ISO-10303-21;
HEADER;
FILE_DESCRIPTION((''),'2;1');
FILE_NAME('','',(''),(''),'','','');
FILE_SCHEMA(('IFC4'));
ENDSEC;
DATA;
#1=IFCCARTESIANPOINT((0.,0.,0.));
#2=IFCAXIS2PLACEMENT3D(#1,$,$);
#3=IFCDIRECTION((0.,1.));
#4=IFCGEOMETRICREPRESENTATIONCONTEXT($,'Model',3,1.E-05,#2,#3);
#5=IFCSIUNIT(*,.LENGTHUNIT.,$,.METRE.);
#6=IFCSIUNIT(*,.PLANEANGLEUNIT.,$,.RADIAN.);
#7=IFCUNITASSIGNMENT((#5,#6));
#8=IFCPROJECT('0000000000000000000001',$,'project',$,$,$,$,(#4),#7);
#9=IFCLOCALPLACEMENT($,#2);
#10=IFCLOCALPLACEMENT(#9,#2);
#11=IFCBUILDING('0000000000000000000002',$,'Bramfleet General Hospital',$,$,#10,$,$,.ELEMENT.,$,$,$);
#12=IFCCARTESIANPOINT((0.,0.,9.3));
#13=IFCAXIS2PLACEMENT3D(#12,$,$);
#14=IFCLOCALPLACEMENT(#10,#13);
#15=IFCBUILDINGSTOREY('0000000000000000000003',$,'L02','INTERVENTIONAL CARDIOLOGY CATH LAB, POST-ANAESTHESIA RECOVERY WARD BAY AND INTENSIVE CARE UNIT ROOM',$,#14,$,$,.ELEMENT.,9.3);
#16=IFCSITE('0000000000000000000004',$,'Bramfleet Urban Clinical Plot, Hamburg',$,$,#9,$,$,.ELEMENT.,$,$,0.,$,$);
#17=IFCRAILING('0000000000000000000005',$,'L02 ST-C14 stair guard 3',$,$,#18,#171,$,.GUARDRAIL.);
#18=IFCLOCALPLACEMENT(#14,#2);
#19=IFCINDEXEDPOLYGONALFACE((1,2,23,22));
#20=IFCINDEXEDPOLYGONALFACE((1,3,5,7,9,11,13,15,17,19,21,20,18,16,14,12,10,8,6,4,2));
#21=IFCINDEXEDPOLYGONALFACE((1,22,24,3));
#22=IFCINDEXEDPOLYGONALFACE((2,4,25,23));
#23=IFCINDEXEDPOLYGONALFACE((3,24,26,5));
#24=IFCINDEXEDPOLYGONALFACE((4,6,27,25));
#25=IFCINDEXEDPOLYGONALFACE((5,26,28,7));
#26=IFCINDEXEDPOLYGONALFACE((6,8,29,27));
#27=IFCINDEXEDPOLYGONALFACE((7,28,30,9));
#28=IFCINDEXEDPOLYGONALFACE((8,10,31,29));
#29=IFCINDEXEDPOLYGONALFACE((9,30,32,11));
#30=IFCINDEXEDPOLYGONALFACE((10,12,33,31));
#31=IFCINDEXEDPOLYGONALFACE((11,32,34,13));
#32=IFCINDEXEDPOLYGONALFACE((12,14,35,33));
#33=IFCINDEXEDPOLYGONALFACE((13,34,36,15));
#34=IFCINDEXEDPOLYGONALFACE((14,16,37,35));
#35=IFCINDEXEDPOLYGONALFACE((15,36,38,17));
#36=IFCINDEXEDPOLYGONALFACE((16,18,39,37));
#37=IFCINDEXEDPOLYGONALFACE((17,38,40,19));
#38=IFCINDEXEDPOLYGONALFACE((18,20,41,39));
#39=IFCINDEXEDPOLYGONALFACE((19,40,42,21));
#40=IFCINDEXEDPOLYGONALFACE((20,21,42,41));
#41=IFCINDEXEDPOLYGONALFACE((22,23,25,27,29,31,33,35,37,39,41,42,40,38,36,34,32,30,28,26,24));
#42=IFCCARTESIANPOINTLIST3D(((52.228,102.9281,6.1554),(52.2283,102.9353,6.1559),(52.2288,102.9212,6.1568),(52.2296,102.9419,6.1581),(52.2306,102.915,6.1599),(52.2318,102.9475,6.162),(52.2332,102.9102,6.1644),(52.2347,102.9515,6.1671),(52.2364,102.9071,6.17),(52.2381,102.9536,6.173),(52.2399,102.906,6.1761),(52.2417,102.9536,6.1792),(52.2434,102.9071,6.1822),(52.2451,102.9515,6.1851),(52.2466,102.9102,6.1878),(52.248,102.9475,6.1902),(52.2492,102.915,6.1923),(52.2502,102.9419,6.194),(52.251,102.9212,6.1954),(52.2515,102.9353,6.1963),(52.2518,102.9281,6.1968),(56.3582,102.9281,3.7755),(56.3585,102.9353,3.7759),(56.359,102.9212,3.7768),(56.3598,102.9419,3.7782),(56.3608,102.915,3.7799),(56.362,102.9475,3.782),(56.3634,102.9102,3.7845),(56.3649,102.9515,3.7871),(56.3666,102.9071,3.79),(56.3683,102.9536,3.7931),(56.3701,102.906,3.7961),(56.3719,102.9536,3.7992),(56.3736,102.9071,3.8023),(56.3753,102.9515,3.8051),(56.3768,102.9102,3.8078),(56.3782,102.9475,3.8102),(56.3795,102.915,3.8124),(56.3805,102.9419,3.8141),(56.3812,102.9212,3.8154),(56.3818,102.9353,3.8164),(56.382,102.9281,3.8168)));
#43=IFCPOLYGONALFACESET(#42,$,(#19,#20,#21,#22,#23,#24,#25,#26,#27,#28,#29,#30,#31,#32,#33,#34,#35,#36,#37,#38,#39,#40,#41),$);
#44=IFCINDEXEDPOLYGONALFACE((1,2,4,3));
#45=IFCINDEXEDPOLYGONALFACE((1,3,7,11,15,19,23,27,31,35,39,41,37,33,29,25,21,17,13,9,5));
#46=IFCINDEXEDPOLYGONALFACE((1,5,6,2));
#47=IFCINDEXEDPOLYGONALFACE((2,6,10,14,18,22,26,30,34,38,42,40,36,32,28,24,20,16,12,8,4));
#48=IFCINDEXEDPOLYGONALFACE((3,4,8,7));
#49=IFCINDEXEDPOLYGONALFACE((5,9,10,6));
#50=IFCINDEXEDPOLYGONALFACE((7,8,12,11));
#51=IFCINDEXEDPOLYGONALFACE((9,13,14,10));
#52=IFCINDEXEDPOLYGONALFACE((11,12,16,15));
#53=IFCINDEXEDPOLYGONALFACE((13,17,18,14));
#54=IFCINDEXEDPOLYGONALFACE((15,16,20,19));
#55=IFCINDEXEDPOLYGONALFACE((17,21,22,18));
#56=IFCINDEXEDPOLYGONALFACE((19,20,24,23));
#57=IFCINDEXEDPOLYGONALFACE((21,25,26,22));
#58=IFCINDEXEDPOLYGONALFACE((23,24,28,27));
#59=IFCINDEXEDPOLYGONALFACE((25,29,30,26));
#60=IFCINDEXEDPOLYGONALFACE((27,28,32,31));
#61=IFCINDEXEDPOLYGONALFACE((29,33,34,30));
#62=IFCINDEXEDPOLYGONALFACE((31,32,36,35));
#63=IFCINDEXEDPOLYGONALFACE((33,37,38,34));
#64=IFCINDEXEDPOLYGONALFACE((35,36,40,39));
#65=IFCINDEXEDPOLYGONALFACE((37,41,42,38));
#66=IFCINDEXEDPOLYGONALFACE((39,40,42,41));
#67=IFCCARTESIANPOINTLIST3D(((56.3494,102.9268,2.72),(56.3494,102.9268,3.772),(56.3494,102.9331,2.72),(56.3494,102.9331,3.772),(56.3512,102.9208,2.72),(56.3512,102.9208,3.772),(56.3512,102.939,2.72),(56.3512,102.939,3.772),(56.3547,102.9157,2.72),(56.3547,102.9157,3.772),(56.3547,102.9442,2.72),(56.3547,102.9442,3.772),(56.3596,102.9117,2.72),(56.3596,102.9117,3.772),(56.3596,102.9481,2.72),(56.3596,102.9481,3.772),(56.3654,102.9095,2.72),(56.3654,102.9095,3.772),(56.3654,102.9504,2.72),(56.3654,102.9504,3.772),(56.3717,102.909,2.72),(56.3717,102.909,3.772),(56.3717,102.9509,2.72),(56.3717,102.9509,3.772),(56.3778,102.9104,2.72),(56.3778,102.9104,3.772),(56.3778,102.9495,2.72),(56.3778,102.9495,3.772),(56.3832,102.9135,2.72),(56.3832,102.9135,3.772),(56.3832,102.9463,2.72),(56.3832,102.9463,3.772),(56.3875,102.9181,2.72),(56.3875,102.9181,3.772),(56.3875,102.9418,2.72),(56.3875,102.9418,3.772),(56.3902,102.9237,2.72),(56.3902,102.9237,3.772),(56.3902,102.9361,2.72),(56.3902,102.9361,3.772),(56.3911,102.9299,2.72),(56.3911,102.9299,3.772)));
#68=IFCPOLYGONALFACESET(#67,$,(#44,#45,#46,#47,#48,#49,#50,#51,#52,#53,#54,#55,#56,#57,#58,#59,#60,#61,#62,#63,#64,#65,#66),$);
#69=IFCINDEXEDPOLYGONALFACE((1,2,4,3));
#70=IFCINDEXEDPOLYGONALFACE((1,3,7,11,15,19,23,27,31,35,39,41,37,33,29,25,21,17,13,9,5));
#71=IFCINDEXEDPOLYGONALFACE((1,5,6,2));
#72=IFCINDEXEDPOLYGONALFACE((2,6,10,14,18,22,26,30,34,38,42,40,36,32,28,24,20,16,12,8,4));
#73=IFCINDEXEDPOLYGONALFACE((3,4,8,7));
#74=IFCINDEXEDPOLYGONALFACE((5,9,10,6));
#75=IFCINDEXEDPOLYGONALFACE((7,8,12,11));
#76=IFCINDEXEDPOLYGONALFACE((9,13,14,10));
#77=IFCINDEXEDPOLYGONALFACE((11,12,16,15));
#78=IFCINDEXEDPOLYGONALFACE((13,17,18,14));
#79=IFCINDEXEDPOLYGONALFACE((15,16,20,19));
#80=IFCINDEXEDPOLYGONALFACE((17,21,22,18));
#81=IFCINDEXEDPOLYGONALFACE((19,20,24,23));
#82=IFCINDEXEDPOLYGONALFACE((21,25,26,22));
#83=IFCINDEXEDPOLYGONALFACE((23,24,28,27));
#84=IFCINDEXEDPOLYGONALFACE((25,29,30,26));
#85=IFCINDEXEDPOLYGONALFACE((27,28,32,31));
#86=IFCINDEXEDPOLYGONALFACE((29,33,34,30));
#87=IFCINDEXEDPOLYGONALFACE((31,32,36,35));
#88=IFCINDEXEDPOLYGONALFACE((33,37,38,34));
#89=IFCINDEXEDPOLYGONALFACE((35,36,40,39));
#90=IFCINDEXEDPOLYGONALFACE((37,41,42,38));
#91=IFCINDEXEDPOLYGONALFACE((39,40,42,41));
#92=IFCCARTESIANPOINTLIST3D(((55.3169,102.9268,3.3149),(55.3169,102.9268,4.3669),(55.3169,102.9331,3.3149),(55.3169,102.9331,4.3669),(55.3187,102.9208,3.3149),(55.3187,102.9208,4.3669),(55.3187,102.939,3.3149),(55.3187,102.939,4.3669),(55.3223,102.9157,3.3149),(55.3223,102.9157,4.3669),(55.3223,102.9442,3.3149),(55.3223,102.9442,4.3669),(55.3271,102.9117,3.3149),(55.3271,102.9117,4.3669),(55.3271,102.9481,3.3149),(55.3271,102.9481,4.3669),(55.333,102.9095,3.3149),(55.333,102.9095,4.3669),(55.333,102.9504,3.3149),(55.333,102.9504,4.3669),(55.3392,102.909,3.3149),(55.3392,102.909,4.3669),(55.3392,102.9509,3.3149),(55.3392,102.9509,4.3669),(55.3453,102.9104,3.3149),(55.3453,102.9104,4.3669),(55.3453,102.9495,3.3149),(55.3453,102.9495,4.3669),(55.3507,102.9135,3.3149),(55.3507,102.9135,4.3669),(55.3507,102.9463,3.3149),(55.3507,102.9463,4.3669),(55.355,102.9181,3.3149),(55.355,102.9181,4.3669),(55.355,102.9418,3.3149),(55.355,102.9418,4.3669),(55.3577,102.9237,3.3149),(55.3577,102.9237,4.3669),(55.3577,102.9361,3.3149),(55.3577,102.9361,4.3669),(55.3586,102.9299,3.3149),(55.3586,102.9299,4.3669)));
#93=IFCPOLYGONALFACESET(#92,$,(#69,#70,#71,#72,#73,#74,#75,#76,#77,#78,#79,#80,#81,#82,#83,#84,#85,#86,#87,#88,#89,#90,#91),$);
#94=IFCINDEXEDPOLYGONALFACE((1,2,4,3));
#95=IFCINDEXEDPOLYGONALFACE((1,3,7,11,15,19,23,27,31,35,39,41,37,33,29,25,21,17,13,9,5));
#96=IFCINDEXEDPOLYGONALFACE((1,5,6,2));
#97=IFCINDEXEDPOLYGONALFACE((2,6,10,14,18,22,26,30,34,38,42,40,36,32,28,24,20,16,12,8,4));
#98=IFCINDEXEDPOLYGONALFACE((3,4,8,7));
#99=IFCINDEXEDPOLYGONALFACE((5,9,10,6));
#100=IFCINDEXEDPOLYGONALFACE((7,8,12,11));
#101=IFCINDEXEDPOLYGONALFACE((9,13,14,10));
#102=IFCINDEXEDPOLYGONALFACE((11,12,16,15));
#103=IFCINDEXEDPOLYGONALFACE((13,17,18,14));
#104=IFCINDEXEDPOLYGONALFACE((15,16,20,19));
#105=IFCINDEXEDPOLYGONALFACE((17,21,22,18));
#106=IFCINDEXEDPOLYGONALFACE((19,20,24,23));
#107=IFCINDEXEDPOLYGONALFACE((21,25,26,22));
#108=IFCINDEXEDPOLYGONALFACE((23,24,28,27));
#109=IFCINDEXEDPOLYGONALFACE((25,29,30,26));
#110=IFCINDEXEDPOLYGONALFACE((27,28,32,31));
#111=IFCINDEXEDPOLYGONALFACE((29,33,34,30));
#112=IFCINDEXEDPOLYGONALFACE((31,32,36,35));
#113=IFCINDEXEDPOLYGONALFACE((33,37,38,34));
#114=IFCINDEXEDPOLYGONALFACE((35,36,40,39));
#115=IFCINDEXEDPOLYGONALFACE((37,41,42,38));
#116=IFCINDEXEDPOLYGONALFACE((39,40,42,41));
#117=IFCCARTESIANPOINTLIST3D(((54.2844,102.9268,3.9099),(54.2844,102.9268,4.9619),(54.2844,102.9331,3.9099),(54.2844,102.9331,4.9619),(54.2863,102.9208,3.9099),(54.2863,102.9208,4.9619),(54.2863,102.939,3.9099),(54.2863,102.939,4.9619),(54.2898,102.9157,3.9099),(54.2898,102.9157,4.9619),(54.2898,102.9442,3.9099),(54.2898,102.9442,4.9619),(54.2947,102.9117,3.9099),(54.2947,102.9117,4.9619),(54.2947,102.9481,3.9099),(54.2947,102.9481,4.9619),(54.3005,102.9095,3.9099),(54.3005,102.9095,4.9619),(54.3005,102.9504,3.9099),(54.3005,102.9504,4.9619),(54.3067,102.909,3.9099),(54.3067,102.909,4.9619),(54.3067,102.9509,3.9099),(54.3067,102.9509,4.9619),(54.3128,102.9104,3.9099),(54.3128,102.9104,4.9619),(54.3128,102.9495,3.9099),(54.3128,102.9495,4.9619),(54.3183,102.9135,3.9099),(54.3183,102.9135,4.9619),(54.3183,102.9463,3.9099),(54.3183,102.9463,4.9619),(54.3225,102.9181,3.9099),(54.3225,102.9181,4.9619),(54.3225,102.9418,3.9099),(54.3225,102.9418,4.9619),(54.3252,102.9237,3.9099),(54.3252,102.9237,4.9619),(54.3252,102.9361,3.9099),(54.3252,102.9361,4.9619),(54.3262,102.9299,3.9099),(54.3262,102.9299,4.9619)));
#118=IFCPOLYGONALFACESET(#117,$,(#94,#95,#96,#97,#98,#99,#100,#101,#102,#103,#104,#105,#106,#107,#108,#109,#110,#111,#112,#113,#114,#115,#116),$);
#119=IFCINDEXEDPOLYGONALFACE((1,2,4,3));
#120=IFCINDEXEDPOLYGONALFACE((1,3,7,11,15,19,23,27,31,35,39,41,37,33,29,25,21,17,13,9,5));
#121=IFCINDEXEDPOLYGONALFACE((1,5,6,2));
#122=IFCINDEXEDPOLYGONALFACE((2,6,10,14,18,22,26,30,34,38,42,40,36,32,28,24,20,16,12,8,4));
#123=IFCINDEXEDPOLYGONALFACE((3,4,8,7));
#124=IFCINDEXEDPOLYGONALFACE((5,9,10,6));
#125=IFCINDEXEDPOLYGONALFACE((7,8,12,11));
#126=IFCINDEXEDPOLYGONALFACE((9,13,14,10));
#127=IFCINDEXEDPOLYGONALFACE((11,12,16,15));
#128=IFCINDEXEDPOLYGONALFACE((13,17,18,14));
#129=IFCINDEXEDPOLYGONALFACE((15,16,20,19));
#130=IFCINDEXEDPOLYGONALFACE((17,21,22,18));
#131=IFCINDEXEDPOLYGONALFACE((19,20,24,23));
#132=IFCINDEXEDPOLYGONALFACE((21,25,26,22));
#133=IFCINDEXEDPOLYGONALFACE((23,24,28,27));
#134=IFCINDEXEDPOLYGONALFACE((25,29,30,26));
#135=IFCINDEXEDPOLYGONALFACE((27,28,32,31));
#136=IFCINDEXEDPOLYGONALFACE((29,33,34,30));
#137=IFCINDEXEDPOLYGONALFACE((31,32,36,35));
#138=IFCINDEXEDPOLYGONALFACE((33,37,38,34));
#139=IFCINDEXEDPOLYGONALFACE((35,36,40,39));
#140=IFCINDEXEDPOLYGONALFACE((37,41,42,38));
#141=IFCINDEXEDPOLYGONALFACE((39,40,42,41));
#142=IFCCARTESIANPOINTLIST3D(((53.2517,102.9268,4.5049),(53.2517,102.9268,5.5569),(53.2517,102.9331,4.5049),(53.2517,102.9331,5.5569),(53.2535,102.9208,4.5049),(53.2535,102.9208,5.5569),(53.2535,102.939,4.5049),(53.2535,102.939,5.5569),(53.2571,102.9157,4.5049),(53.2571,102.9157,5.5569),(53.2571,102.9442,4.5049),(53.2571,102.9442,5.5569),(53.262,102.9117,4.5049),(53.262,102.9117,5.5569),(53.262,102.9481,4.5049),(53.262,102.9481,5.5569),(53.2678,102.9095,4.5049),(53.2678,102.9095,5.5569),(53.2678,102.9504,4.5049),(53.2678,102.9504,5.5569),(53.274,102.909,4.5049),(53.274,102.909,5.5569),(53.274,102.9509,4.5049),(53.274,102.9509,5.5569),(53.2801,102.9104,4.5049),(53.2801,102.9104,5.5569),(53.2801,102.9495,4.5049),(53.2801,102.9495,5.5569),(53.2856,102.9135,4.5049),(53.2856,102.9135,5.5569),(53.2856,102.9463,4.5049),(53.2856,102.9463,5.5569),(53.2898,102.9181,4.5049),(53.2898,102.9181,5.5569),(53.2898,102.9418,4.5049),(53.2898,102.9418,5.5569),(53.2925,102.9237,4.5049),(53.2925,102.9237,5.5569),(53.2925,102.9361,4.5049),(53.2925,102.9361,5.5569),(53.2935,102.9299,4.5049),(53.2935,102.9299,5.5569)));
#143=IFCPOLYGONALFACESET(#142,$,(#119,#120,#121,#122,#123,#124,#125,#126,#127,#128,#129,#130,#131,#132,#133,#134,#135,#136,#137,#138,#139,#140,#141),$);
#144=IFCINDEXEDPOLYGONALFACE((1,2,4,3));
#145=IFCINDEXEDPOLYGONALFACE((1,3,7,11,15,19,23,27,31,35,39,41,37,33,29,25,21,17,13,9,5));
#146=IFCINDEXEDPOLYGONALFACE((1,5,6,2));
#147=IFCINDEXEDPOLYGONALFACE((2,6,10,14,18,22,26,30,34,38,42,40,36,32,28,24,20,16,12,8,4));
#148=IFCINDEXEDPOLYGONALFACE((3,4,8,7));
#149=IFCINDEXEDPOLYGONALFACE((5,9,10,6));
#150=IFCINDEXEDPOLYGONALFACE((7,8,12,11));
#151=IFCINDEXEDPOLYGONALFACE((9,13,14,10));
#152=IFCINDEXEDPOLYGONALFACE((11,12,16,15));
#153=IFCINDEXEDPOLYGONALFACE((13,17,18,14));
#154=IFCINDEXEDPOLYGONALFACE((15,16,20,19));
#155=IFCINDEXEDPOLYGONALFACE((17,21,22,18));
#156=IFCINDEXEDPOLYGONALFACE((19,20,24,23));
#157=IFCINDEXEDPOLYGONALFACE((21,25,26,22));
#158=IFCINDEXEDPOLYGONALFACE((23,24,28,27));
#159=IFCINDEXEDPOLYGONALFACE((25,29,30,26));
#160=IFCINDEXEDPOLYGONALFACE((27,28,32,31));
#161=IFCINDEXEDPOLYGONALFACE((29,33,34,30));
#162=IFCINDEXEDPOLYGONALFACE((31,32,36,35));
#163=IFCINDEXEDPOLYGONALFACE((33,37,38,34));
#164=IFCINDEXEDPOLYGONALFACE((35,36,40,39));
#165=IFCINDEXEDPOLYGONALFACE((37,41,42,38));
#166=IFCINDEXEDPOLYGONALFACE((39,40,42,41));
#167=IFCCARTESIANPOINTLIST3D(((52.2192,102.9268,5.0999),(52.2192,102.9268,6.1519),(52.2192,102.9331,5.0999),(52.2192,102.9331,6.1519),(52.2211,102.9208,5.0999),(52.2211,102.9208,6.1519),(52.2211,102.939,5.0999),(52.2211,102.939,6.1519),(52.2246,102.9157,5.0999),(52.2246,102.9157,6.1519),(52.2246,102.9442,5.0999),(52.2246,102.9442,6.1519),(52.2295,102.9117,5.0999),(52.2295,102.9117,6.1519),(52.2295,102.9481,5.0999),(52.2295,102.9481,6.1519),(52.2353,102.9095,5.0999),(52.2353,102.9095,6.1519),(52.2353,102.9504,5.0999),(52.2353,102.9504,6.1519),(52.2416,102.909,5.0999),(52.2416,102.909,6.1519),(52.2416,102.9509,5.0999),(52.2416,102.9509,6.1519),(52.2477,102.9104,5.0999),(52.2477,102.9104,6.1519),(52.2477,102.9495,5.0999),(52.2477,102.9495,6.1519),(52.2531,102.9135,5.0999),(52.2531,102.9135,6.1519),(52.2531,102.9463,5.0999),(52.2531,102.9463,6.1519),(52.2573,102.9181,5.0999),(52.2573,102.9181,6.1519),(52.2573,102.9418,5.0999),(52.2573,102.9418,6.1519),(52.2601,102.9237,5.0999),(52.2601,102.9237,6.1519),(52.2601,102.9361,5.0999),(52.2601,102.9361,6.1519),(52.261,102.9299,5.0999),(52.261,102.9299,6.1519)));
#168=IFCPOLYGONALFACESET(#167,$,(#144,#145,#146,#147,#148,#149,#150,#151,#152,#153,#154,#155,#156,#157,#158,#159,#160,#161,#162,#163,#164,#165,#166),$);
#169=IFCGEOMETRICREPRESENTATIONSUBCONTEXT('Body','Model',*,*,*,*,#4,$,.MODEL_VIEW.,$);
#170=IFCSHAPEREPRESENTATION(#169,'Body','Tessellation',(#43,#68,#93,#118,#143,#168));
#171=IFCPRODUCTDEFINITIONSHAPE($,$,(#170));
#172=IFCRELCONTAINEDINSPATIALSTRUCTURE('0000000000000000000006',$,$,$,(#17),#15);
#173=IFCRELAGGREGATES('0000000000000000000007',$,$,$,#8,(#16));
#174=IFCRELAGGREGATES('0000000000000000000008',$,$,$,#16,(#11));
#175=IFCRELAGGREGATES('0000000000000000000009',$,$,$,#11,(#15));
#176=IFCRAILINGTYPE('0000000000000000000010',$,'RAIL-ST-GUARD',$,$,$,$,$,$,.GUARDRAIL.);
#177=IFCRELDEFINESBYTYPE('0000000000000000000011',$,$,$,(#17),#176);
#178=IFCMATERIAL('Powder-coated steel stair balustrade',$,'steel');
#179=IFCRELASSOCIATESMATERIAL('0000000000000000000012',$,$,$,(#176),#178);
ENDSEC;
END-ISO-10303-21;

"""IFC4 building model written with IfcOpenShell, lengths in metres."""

from ifc_helpers import new_model, si_unit, direction, frame, origin, origin_2d, place, context, subcontext, project, spatial, circle, extrude, material, type_object, element, save


model = new_model("IFC4")

# Units and contexts
model_context = context("Model", 3, precision=1e-05, world=origin(), true_north=direction((0.0, 1.0)))
body_context = subcontext(model_context, "Body", "Model", "MODEL_VIEW")
ifc_project = project(units=[si_unit("LENGTHUNIT", "METRE"), si_unit("PLANEANGLEUNIT", "RADIAN")], contexts=[model_context])

# Site, building, storey
site_placement = place(None, origin())
site = spatial("IfcSite", under=ifc_project, at=site_placement, Name="Bramfleet Urban Clinical Plot, Hamburg", CompositionType="ELEMENT", RefElevation=0.0)
building_placement = place(site_placement, origin())
building = spatial("IfcBuilding", under=site, at=building_placement, Name="Bramfleet General Hospital", CompositionType="ELEMENT")
storey_placement = place(building_placement, frame((0.0, 0.0, 9.3)))
storey = spatial("IfcBuildingStorey", under=building, at=storey_placement, Name="L02", Description="INTERVENTIONAL CARDIOLOGY CATH LAB, POST-ANAESTHESIA RECOVERY WARD BAY AND INTENSIVE CARE UNIT ROOM", CompositionType="ELEMENT", Elevation=9.3)

# Railing
ifc_material_1 = material(Name="Powder-coated steel stair balustrade", Category="steel")
railing_type_1 = type_object("IfcRailingType", Name="RAIL-ST-GUARD", PredefinedType="GUARDRAIL", material=ifc_material_1)
railing_1_placement = place(storey_placement, frame((56.3701, 102.9299, 2.72)))
element("IfcRailing", 1, at=railing_1_placement, inside=storey, type_object=railing_type_1, Name="L02 ST-C14 stair guard 3", PredefinedType="GUARDRAIL", context=body_context, shape_type="SweptSolid", body=[
    extrude(circle(Radius=0.0239, at=origin_2d()), frame((0.0, 0.0, 1.0762), z_axis=(-0.866447, 0.0, 0.499269), x_axis=(0.0, -1.0, 0.0)), (0.0, 0.0, 1.0), 4.7668),
    extrude(circle(Radius=0.021, at=origin_2d()), origin(), (0.0, 0.0, 1.0), 1.052),
    extrude(circle(Radius=0.021, at=origin_2d()), frame((-1.0325, 0.0, 0.595)), (0.0, 0.0, 1.0), 1.052),
    extrude(circle(Radius=0.021, at=origin_2d()), frame((-2.0649, 0.0, 1.1899)), (0.0, 0.0, 1.0), 1.052),
    extrude(circle(Radius=0.021, at=origin_2d()), frame((-3.0977, 0.0, 1.7849)), (0.0, 0.0, 1.0), 1.052),
    extrude(circle(Radius=0.021, at=origin_2d()), frame((-4.1301, 0.0, 2.3799)), (0.0, 0.0, 1.0), 1.052),
])

save(model, "model.ifc")
